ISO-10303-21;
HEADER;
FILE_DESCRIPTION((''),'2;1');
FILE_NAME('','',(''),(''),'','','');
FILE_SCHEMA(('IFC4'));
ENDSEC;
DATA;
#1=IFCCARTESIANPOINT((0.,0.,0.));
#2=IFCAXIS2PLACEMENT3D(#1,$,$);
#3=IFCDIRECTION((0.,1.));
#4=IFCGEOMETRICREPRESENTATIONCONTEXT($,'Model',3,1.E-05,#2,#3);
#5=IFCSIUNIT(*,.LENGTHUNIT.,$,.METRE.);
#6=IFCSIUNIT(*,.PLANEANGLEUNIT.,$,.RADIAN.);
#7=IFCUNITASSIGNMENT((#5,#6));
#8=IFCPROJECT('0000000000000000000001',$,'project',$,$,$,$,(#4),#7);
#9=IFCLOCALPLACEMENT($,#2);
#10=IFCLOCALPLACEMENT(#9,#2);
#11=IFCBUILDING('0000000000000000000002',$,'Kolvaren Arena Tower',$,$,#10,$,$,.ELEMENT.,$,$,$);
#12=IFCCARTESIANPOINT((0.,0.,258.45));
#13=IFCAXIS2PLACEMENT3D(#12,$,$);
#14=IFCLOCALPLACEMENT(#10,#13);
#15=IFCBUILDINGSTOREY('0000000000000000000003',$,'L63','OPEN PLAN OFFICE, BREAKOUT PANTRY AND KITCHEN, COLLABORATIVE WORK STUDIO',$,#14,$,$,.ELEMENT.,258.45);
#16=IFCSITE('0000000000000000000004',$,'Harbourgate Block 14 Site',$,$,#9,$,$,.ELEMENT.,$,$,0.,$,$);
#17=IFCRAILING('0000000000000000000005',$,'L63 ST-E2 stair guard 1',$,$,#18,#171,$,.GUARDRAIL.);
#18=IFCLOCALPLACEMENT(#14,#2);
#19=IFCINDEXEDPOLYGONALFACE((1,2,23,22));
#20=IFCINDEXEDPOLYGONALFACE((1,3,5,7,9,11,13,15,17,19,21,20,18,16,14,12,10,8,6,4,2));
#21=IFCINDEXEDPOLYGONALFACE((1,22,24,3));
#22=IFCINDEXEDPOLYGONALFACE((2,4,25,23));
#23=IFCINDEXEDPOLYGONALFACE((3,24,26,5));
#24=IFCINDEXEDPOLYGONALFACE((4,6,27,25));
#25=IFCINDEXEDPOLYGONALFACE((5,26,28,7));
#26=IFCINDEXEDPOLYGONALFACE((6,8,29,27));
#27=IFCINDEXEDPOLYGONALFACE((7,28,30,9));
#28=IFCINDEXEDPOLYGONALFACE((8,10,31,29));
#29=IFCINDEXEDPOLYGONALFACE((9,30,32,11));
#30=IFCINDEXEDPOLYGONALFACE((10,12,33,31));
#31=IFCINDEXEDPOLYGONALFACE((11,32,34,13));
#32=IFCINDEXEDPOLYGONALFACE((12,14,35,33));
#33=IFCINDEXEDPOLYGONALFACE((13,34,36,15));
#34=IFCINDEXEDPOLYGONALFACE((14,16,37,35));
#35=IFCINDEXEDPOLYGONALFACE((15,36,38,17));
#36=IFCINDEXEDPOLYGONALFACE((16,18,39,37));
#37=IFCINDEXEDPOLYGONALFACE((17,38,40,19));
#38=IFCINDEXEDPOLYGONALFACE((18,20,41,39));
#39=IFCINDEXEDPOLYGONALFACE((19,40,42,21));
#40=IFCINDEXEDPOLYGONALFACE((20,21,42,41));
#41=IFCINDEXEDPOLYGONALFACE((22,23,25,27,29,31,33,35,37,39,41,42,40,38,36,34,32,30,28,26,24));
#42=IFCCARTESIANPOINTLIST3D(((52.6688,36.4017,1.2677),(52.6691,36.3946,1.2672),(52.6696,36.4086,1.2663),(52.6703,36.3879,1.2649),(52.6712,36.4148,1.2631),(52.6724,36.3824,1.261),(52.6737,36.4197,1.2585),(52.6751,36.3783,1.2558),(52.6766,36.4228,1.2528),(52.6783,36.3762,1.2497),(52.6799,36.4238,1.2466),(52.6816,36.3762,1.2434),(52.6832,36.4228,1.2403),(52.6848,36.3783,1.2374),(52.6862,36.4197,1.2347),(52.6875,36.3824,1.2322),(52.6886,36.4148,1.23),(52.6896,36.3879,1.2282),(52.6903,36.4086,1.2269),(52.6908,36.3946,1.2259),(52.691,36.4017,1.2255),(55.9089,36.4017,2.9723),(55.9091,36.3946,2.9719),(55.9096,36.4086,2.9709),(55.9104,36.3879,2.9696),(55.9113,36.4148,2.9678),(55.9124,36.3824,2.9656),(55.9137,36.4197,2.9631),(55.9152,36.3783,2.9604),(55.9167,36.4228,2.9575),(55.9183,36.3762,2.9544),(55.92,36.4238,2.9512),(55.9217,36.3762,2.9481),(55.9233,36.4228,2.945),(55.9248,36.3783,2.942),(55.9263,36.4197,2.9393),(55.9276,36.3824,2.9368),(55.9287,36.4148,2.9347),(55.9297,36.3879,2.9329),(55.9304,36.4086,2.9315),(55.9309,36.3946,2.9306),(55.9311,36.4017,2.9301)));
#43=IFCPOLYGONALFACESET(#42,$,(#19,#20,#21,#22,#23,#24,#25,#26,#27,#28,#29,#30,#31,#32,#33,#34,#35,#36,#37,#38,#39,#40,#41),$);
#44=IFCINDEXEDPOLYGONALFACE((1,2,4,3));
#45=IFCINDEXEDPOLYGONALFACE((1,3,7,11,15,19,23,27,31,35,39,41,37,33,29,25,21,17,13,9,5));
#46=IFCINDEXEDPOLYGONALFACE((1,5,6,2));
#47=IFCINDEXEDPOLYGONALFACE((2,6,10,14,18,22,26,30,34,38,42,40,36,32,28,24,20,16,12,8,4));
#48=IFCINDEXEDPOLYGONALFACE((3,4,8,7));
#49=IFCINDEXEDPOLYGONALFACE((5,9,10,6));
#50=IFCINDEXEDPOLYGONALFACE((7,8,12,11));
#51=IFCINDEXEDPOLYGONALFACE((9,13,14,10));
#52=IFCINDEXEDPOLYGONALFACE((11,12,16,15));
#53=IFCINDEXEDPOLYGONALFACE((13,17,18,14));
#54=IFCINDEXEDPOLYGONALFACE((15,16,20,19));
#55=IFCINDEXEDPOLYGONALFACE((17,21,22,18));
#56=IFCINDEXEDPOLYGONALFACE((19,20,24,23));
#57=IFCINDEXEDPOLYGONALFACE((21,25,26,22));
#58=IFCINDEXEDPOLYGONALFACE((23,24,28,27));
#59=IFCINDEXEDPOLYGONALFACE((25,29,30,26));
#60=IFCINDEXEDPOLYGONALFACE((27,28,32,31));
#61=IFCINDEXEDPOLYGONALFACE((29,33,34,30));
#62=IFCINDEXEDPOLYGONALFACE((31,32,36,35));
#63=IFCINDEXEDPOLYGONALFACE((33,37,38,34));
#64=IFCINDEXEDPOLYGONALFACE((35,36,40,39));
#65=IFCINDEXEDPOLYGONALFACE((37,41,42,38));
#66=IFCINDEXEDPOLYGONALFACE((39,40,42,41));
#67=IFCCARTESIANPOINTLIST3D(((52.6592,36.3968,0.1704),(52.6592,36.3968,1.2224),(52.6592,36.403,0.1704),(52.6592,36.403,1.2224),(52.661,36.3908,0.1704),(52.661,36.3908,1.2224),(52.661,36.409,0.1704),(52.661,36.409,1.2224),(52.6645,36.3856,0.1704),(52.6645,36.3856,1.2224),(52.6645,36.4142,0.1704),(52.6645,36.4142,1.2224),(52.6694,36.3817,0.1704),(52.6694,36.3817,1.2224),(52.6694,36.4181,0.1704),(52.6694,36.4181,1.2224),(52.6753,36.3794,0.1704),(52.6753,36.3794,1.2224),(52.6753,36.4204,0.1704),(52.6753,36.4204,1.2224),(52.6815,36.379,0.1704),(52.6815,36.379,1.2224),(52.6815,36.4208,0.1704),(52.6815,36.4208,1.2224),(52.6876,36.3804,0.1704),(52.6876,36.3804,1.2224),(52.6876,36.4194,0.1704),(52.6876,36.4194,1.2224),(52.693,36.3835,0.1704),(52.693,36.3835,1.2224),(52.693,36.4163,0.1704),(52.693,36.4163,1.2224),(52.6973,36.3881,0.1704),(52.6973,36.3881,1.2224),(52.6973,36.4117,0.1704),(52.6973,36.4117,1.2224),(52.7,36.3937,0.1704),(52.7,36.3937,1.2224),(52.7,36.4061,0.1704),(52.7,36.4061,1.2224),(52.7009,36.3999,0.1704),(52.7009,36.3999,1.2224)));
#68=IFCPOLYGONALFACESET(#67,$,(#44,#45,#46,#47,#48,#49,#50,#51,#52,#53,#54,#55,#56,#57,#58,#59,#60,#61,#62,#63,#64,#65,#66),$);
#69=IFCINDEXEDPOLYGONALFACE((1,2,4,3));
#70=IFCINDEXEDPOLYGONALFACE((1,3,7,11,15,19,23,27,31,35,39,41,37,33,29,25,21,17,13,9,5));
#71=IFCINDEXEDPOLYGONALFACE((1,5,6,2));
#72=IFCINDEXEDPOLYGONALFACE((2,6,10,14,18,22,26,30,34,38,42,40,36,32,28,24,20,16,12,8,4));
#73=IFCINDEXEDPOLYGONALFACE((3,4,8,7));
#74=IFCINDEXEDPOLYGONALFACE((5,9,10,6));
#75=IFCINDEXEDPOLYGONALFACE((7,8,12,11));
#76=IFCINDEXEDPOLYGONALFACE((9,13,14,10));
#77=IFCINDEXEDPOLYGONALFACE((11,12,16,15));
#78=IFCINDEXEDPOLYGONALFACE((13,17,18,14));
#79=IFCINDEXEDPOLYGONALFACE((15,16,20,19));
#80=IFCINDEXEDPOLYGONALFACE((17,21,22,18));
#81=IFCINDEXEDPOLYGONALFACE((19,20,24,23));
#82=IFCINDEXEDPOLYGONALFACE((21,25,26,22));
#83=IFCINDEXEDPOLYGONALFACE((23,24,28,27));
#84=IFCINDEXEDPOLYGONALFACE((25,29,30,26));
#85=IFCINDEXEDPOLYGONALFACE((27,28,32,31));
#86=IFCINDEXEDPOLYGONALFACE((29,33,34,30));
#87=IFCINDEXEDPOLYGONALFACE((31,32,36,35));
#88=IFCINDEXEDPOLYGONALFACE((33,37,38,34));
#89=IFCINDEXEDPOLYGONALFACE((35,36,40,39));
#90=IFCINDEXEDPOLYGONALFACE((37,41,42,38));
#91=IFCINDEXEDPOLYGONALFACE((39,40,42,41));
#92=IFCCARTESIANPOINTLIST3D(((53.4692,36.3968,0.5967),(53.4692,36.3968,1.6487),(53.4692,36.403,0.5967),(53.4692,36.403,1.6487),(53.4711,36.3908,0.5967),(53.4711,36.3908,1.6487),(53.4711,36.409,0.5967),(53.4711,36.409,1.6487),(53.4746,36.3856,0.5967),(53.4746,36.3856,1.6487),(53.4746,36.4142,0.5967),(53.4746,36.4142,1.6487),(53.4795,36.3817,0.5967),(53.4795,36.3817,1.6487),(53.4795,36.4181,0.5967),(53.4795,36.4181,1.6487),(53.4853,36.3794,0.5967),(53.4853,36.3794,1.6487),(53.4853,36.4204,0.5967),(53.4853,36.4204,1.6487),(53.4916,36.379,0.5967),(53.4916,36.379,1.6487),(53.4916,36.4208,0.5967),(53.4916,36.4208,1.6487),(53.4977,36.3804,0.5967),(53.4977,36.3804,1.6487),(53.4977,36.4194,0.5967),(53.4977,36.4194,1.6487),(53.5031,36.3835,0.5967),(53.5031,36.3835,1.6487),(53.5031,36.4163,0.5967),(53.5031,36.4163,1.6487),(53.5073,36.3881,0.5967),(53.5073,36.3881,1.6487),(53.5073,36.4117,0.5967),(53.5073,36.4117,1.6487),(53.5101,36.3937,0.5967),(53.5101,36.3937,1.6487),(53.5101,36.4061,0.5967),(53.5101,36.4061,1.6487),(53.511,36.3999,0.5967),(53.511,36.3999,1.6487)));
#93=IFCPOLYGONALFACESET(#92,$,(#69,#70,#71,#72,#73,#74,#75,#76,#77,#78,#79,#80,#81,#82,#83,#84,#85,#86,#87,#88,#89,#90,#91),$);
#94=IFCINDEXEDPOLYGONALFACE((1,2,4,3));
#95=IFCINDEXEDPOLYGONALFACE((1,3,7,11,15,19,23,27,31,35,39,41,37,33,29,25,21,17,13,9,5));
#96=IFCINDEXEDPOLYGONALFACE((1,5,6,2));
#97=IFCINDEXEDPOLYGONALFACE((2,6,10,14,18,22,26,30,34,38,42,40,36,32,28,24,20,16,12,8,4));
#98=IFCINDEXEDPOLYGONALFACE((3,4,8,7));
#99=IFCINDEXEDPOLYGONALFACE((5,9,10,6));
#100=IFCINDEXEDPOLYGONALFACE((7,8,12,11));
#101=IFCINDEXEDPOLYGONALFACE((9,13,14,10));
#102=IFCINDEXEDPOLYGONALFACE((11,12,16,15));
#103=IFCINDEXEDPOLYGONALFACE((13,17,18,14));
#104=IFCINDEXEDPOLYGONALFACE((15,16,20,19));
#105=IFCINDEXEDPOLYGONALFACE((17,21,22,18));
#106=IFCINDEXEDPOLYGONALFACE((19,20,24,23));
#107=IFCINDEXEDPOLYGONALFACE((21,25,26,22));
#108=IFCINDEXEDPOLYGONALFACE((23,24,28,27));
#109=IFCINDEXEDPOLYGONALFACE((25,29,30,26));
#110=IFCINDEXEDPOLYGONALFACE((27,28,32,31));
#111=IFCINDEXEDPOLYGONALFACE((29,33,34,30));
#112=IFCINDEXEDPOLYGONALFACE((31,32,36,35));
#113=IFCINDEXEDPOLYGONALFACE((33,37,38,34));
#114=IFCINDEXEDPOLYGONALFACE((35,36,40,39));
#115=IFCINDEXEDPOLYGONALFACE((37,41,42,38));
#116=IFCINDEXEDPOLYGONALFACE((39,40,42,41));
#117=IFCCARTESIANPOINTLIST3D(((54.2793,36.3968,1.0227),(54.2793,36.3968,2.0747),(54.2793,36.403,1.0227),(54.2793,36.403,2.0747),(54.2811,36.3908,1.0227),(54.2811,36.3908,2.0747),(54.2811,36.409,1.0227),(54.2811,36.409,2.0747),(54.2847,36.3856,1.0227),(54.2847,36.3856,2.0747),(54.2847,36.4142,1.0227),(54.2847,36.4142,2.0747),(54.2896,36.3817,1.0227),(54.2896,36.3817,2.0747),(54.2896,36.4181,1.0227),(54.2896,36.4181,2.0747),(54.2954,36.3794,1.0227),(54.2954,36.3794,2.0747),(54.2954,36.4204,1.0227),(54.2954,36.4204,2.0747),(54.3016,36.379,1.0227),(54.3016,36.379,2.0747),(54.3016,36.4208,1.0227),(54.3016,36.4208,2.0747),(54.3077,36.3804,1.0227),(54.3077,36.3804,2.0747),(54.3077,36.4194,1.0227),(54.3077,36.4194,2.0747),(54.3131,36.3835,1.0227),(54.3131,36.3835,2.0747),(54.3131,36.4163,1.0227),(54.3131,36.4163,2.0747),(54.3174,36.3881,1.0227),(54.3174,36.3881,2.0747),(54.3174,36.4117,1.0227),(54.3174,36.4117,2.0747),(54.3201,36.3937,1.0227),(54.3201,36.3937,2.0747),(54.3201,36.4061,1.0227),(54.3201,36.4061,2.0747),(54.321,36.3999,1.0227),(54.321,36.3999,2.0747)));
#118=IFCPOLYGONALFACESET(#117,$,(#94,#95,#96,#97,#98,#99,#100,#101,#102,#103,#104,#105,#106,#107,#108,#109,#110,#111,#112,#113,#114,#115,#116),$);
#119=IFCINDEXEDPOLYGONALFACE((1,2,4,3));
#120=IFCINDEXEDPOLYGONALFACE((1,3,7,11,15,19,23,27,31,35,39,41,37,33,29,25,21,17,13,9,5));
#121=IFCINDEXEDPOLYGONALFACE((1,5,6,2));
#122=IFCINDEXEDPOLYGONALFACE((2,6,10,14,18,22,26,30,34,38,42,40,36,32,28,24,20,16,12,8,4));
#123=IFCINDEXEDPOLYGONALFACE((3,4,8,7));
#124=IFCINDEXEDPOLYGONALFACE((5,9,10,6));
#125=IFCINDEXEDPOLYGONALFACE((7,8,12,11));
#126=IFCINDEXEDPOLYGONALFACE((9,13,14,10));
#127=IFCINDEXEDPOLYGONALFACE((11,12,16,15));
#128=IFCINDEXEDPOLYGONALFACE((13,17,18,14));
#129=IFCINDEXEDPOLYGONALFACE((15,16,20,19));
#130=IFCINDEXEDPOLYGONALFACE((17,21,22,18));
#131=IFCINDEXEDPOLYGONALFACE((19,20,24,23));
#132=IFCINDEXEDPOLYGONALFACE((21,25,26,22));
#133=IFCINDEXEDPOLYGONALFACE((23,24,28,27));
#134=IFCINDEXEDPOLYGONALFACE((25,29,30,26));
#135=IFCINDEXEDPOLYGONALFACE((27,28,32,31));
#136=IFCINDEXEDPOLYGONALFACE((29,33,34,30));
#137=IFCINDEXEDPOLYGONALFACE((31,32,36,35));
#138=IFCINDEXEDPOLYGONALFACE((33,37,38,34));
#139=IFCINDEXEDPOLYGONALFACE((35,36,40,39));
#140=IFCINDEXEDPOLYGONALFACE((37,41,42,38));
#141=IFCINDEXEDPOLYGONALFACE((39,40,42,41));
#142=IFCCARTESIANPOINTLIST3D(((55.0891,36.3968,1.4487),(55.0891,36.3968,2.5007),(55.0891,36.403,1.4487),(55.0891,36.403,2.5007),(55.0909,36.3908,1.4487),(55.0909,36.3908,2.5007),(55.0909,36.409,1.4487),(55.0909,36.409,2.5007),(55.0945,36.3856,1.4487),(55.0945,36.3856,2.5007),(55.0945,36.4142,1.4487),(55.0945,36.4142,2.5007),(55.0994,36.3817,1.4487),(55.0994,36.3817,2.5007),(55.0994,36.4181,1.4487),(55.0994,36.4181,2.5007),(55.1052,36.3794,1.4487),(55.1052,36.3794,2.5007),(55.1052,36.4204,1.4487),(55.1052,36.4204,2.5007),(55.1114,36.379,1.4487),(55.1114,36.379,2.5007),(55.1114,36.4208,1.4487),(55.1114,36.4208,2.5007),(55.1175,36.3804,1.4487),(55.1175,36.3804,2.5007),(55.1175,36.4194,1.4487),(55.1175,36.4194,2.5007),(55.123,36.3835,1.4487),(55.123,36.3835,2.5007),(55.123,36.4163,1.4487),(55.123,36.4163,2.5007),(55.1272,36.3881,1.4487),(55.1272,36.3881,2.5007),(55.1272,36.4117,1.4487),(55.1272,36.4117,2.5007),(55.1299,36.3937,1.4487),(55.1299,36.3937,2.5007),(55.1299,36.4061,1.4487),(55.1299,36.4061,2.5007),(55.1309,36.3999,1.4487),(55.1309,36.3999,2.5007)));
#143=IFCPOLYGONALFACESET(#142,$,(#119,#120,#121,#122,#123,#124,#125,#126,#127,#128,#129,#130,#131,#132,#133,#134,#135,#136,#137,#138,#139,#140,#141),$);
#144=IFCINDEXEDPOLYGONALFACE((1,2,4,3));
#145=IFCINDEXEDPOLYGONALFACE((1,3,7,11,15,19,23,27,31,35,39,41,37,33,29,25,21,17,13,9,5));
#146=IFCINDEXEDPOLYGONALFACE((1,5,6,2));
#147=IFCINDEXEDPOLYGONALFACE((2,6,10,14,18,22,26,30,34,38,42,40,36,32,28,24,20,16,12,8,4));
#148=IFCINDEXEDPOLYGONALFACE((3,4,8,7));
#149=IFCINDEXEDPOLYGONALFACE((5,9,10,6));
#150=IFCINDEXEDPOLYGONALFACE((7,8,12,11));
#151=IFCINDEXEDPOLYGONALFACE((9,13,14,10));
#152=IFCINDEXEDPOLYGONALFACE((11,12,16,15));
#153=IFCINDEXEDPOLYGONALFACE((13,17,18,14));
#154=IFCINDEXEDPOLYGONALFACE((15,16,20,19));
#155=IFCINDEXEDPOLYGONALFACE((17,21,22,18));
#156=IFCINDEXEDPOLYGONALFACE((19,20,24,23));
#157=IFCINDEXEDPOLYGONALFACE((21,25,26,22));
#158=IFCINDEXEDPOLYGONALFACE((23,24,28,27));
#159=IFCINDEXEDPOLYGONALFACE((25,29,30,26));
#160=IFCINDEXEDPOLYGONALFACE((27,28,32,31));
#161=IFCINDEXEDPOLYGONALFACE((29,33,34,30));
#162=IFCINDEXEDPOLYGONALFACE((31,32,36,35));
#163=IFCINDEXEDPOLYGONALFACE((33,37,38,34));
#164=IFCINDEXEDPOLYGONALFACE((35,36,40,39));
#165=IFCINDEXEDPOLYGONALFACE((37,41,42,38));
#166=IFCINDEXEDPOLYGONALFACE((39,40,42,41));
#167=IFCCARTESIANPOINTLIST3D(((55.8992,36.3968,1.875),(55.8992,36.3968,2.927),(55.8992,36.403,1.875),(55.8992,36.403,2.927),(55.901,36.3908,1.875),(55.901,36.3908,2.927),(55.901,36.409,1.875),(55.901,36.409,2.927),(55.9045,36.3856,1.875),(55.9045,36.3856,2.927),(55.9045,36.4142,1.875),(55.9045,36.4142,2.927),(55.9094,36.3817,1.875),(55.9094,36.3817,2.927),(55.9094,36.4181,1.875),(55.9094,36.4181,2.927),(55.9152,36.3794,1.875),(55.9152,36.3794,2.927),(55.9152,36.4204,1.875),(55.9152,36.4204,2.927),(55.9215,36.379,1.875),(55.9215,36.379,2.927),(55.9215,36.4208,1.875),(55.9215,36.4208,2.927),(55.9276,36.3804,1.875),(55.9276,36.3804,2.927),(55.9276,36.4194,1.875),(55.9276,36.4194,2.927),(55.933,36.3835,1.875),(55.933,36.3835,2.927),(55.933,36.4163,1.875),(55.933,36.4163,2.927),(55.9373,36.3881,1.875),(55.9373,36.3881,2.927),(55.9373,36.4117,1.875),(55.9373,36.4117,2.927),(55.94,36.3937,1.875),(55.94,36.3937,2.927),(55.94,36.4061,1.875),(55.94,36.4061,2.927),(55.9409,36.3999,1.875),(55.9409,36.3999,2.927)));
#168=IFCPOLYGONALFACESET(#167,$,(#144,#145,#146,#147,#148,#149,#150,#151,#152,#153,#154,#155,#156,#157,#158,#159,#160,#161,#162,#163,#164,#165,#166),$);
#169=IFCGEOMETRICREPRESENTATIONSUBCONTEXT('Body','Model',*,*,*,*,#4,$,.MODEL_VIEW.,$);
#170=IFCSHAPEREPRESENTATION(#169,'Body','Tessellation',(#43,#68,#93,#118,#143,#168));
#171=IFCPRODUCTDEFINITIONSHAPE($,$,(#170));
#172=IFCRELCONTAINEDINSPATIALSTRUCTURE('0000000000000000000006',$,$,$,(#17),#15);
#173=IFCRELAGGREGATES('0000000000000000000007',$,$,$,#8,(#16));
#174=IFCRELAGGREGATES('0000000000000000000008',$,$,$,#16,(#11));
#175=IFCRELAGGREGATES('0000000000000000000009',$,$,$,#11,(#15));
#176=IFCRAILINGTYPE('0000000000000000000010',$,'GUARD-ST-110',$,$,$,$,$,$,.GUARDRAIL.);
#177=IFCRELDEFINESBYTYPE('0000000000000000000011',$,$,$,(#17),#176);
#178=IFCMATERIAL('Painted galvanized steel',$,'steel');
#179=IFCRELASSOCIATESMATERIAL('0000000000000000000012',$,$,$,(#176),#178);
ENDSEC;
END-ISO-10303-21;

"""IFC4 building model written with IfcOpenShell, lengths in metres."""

from ifc_helpers import new_model, si_unit, direction, frame, origin, origin_2d, place, context, subcontext, project, spatial, circle, extrude, material, type_object, element, save


model = new_model("IFC4")

# Units and contexts
model_context = context("Model", 3, precision=1e-05, world=origin(), true_north=direction((0.0, 1.0)))
body_context = subcontext(model_context, "Body", "Model", "MODEL_VIEW")
ifc_project = project(units=[si_unit("LENGTHUNIT", "METRE"), si_unit("PLANEANGLEUNIT", "RADIAN")], contexts=[model_context])

# Site, building, storey
site_placement = place(None, origin())
site = spatial("IfcSite", under=ifc_project, at=site_placement, Name="Harbourgate Block 14 Site", CompositionType="ELEMENT", RefElevation=0.0)
building_placement = place(site_placement, origin())
building = spatial("IfcBuilding", under=site, at=building_placement, Name="Kolvaren Arena Tower", CompositionType="ELEMENT")
storey_placement = place(building_placement, frame((0.0, 0.0, 258.45)))
storey = spatial("IfcBuildingStorey", under=building, at=storey_placement, Name="L63", Description="OPEN PLAN OFFICE, BREAKOUT PANTRY AND KITCHEN, COLLABORATIVE WORK STUDIO", CompositionType="ELEMENT", Elevation=258.45)

# Railing
ifc_material_1 = material(Name="Painted galvanized steel", Category="steel")
railing_type = type_object("IfcRailingType", Name="GUARD-ST-110", PredefinedType="GUARDRAIL", material=ifc_material_1)
railing_1_placement = place(storey_placement, frame((52.6799, 36.3999, 0.1704)))
element("IfcRailing", 1, at=railing_1_placement, inside=storey, type_object=railing_type, Name="L63 ST-E2 stair guard 1", PredefinedType="GUARDRAIL", context=body_context, shape_type="SweptSolid", body=[
    extrude(circle(Radius=0.0239, at=origin_2d()), frame((0.0, 0.0, 1.0762), z_axis=(0.884993, 0.0, 0.465604), x_axis=(0.0, 1.0, 0.0)), (0.0, 0.0, 1.0), 3.6611),
    extrude(circle(Radius=0.021, at=origin_2d()), origin(), (0.0, 0.0, 1.0), 1.052),
    extrude(circle(Radius=0.021, at=origin_2d()), frame((0.8101, 0.0, 0.4263)), (0.0, 0.0, 1.0), 1.052),
    extrude(circle(Radius=0.021, at=origin_2d()), frame((1.6201, 0.0, 0.8523)), (0.0, 0.0, 1.0), 1.052),
    extrude(circle(Radius=0.021, at=origin_2d()), frame((2.4299, 0.0, 1.2783)), (0.0, 0.0, 1.0), 1.052),
    extrude(circle(Radius=0.021, at=origin_2d()), frame((3.24, 0.0, 1.7046)), (0.0, 0.0, 1.0), 1.052),
])

save(model, "model.ifc")
